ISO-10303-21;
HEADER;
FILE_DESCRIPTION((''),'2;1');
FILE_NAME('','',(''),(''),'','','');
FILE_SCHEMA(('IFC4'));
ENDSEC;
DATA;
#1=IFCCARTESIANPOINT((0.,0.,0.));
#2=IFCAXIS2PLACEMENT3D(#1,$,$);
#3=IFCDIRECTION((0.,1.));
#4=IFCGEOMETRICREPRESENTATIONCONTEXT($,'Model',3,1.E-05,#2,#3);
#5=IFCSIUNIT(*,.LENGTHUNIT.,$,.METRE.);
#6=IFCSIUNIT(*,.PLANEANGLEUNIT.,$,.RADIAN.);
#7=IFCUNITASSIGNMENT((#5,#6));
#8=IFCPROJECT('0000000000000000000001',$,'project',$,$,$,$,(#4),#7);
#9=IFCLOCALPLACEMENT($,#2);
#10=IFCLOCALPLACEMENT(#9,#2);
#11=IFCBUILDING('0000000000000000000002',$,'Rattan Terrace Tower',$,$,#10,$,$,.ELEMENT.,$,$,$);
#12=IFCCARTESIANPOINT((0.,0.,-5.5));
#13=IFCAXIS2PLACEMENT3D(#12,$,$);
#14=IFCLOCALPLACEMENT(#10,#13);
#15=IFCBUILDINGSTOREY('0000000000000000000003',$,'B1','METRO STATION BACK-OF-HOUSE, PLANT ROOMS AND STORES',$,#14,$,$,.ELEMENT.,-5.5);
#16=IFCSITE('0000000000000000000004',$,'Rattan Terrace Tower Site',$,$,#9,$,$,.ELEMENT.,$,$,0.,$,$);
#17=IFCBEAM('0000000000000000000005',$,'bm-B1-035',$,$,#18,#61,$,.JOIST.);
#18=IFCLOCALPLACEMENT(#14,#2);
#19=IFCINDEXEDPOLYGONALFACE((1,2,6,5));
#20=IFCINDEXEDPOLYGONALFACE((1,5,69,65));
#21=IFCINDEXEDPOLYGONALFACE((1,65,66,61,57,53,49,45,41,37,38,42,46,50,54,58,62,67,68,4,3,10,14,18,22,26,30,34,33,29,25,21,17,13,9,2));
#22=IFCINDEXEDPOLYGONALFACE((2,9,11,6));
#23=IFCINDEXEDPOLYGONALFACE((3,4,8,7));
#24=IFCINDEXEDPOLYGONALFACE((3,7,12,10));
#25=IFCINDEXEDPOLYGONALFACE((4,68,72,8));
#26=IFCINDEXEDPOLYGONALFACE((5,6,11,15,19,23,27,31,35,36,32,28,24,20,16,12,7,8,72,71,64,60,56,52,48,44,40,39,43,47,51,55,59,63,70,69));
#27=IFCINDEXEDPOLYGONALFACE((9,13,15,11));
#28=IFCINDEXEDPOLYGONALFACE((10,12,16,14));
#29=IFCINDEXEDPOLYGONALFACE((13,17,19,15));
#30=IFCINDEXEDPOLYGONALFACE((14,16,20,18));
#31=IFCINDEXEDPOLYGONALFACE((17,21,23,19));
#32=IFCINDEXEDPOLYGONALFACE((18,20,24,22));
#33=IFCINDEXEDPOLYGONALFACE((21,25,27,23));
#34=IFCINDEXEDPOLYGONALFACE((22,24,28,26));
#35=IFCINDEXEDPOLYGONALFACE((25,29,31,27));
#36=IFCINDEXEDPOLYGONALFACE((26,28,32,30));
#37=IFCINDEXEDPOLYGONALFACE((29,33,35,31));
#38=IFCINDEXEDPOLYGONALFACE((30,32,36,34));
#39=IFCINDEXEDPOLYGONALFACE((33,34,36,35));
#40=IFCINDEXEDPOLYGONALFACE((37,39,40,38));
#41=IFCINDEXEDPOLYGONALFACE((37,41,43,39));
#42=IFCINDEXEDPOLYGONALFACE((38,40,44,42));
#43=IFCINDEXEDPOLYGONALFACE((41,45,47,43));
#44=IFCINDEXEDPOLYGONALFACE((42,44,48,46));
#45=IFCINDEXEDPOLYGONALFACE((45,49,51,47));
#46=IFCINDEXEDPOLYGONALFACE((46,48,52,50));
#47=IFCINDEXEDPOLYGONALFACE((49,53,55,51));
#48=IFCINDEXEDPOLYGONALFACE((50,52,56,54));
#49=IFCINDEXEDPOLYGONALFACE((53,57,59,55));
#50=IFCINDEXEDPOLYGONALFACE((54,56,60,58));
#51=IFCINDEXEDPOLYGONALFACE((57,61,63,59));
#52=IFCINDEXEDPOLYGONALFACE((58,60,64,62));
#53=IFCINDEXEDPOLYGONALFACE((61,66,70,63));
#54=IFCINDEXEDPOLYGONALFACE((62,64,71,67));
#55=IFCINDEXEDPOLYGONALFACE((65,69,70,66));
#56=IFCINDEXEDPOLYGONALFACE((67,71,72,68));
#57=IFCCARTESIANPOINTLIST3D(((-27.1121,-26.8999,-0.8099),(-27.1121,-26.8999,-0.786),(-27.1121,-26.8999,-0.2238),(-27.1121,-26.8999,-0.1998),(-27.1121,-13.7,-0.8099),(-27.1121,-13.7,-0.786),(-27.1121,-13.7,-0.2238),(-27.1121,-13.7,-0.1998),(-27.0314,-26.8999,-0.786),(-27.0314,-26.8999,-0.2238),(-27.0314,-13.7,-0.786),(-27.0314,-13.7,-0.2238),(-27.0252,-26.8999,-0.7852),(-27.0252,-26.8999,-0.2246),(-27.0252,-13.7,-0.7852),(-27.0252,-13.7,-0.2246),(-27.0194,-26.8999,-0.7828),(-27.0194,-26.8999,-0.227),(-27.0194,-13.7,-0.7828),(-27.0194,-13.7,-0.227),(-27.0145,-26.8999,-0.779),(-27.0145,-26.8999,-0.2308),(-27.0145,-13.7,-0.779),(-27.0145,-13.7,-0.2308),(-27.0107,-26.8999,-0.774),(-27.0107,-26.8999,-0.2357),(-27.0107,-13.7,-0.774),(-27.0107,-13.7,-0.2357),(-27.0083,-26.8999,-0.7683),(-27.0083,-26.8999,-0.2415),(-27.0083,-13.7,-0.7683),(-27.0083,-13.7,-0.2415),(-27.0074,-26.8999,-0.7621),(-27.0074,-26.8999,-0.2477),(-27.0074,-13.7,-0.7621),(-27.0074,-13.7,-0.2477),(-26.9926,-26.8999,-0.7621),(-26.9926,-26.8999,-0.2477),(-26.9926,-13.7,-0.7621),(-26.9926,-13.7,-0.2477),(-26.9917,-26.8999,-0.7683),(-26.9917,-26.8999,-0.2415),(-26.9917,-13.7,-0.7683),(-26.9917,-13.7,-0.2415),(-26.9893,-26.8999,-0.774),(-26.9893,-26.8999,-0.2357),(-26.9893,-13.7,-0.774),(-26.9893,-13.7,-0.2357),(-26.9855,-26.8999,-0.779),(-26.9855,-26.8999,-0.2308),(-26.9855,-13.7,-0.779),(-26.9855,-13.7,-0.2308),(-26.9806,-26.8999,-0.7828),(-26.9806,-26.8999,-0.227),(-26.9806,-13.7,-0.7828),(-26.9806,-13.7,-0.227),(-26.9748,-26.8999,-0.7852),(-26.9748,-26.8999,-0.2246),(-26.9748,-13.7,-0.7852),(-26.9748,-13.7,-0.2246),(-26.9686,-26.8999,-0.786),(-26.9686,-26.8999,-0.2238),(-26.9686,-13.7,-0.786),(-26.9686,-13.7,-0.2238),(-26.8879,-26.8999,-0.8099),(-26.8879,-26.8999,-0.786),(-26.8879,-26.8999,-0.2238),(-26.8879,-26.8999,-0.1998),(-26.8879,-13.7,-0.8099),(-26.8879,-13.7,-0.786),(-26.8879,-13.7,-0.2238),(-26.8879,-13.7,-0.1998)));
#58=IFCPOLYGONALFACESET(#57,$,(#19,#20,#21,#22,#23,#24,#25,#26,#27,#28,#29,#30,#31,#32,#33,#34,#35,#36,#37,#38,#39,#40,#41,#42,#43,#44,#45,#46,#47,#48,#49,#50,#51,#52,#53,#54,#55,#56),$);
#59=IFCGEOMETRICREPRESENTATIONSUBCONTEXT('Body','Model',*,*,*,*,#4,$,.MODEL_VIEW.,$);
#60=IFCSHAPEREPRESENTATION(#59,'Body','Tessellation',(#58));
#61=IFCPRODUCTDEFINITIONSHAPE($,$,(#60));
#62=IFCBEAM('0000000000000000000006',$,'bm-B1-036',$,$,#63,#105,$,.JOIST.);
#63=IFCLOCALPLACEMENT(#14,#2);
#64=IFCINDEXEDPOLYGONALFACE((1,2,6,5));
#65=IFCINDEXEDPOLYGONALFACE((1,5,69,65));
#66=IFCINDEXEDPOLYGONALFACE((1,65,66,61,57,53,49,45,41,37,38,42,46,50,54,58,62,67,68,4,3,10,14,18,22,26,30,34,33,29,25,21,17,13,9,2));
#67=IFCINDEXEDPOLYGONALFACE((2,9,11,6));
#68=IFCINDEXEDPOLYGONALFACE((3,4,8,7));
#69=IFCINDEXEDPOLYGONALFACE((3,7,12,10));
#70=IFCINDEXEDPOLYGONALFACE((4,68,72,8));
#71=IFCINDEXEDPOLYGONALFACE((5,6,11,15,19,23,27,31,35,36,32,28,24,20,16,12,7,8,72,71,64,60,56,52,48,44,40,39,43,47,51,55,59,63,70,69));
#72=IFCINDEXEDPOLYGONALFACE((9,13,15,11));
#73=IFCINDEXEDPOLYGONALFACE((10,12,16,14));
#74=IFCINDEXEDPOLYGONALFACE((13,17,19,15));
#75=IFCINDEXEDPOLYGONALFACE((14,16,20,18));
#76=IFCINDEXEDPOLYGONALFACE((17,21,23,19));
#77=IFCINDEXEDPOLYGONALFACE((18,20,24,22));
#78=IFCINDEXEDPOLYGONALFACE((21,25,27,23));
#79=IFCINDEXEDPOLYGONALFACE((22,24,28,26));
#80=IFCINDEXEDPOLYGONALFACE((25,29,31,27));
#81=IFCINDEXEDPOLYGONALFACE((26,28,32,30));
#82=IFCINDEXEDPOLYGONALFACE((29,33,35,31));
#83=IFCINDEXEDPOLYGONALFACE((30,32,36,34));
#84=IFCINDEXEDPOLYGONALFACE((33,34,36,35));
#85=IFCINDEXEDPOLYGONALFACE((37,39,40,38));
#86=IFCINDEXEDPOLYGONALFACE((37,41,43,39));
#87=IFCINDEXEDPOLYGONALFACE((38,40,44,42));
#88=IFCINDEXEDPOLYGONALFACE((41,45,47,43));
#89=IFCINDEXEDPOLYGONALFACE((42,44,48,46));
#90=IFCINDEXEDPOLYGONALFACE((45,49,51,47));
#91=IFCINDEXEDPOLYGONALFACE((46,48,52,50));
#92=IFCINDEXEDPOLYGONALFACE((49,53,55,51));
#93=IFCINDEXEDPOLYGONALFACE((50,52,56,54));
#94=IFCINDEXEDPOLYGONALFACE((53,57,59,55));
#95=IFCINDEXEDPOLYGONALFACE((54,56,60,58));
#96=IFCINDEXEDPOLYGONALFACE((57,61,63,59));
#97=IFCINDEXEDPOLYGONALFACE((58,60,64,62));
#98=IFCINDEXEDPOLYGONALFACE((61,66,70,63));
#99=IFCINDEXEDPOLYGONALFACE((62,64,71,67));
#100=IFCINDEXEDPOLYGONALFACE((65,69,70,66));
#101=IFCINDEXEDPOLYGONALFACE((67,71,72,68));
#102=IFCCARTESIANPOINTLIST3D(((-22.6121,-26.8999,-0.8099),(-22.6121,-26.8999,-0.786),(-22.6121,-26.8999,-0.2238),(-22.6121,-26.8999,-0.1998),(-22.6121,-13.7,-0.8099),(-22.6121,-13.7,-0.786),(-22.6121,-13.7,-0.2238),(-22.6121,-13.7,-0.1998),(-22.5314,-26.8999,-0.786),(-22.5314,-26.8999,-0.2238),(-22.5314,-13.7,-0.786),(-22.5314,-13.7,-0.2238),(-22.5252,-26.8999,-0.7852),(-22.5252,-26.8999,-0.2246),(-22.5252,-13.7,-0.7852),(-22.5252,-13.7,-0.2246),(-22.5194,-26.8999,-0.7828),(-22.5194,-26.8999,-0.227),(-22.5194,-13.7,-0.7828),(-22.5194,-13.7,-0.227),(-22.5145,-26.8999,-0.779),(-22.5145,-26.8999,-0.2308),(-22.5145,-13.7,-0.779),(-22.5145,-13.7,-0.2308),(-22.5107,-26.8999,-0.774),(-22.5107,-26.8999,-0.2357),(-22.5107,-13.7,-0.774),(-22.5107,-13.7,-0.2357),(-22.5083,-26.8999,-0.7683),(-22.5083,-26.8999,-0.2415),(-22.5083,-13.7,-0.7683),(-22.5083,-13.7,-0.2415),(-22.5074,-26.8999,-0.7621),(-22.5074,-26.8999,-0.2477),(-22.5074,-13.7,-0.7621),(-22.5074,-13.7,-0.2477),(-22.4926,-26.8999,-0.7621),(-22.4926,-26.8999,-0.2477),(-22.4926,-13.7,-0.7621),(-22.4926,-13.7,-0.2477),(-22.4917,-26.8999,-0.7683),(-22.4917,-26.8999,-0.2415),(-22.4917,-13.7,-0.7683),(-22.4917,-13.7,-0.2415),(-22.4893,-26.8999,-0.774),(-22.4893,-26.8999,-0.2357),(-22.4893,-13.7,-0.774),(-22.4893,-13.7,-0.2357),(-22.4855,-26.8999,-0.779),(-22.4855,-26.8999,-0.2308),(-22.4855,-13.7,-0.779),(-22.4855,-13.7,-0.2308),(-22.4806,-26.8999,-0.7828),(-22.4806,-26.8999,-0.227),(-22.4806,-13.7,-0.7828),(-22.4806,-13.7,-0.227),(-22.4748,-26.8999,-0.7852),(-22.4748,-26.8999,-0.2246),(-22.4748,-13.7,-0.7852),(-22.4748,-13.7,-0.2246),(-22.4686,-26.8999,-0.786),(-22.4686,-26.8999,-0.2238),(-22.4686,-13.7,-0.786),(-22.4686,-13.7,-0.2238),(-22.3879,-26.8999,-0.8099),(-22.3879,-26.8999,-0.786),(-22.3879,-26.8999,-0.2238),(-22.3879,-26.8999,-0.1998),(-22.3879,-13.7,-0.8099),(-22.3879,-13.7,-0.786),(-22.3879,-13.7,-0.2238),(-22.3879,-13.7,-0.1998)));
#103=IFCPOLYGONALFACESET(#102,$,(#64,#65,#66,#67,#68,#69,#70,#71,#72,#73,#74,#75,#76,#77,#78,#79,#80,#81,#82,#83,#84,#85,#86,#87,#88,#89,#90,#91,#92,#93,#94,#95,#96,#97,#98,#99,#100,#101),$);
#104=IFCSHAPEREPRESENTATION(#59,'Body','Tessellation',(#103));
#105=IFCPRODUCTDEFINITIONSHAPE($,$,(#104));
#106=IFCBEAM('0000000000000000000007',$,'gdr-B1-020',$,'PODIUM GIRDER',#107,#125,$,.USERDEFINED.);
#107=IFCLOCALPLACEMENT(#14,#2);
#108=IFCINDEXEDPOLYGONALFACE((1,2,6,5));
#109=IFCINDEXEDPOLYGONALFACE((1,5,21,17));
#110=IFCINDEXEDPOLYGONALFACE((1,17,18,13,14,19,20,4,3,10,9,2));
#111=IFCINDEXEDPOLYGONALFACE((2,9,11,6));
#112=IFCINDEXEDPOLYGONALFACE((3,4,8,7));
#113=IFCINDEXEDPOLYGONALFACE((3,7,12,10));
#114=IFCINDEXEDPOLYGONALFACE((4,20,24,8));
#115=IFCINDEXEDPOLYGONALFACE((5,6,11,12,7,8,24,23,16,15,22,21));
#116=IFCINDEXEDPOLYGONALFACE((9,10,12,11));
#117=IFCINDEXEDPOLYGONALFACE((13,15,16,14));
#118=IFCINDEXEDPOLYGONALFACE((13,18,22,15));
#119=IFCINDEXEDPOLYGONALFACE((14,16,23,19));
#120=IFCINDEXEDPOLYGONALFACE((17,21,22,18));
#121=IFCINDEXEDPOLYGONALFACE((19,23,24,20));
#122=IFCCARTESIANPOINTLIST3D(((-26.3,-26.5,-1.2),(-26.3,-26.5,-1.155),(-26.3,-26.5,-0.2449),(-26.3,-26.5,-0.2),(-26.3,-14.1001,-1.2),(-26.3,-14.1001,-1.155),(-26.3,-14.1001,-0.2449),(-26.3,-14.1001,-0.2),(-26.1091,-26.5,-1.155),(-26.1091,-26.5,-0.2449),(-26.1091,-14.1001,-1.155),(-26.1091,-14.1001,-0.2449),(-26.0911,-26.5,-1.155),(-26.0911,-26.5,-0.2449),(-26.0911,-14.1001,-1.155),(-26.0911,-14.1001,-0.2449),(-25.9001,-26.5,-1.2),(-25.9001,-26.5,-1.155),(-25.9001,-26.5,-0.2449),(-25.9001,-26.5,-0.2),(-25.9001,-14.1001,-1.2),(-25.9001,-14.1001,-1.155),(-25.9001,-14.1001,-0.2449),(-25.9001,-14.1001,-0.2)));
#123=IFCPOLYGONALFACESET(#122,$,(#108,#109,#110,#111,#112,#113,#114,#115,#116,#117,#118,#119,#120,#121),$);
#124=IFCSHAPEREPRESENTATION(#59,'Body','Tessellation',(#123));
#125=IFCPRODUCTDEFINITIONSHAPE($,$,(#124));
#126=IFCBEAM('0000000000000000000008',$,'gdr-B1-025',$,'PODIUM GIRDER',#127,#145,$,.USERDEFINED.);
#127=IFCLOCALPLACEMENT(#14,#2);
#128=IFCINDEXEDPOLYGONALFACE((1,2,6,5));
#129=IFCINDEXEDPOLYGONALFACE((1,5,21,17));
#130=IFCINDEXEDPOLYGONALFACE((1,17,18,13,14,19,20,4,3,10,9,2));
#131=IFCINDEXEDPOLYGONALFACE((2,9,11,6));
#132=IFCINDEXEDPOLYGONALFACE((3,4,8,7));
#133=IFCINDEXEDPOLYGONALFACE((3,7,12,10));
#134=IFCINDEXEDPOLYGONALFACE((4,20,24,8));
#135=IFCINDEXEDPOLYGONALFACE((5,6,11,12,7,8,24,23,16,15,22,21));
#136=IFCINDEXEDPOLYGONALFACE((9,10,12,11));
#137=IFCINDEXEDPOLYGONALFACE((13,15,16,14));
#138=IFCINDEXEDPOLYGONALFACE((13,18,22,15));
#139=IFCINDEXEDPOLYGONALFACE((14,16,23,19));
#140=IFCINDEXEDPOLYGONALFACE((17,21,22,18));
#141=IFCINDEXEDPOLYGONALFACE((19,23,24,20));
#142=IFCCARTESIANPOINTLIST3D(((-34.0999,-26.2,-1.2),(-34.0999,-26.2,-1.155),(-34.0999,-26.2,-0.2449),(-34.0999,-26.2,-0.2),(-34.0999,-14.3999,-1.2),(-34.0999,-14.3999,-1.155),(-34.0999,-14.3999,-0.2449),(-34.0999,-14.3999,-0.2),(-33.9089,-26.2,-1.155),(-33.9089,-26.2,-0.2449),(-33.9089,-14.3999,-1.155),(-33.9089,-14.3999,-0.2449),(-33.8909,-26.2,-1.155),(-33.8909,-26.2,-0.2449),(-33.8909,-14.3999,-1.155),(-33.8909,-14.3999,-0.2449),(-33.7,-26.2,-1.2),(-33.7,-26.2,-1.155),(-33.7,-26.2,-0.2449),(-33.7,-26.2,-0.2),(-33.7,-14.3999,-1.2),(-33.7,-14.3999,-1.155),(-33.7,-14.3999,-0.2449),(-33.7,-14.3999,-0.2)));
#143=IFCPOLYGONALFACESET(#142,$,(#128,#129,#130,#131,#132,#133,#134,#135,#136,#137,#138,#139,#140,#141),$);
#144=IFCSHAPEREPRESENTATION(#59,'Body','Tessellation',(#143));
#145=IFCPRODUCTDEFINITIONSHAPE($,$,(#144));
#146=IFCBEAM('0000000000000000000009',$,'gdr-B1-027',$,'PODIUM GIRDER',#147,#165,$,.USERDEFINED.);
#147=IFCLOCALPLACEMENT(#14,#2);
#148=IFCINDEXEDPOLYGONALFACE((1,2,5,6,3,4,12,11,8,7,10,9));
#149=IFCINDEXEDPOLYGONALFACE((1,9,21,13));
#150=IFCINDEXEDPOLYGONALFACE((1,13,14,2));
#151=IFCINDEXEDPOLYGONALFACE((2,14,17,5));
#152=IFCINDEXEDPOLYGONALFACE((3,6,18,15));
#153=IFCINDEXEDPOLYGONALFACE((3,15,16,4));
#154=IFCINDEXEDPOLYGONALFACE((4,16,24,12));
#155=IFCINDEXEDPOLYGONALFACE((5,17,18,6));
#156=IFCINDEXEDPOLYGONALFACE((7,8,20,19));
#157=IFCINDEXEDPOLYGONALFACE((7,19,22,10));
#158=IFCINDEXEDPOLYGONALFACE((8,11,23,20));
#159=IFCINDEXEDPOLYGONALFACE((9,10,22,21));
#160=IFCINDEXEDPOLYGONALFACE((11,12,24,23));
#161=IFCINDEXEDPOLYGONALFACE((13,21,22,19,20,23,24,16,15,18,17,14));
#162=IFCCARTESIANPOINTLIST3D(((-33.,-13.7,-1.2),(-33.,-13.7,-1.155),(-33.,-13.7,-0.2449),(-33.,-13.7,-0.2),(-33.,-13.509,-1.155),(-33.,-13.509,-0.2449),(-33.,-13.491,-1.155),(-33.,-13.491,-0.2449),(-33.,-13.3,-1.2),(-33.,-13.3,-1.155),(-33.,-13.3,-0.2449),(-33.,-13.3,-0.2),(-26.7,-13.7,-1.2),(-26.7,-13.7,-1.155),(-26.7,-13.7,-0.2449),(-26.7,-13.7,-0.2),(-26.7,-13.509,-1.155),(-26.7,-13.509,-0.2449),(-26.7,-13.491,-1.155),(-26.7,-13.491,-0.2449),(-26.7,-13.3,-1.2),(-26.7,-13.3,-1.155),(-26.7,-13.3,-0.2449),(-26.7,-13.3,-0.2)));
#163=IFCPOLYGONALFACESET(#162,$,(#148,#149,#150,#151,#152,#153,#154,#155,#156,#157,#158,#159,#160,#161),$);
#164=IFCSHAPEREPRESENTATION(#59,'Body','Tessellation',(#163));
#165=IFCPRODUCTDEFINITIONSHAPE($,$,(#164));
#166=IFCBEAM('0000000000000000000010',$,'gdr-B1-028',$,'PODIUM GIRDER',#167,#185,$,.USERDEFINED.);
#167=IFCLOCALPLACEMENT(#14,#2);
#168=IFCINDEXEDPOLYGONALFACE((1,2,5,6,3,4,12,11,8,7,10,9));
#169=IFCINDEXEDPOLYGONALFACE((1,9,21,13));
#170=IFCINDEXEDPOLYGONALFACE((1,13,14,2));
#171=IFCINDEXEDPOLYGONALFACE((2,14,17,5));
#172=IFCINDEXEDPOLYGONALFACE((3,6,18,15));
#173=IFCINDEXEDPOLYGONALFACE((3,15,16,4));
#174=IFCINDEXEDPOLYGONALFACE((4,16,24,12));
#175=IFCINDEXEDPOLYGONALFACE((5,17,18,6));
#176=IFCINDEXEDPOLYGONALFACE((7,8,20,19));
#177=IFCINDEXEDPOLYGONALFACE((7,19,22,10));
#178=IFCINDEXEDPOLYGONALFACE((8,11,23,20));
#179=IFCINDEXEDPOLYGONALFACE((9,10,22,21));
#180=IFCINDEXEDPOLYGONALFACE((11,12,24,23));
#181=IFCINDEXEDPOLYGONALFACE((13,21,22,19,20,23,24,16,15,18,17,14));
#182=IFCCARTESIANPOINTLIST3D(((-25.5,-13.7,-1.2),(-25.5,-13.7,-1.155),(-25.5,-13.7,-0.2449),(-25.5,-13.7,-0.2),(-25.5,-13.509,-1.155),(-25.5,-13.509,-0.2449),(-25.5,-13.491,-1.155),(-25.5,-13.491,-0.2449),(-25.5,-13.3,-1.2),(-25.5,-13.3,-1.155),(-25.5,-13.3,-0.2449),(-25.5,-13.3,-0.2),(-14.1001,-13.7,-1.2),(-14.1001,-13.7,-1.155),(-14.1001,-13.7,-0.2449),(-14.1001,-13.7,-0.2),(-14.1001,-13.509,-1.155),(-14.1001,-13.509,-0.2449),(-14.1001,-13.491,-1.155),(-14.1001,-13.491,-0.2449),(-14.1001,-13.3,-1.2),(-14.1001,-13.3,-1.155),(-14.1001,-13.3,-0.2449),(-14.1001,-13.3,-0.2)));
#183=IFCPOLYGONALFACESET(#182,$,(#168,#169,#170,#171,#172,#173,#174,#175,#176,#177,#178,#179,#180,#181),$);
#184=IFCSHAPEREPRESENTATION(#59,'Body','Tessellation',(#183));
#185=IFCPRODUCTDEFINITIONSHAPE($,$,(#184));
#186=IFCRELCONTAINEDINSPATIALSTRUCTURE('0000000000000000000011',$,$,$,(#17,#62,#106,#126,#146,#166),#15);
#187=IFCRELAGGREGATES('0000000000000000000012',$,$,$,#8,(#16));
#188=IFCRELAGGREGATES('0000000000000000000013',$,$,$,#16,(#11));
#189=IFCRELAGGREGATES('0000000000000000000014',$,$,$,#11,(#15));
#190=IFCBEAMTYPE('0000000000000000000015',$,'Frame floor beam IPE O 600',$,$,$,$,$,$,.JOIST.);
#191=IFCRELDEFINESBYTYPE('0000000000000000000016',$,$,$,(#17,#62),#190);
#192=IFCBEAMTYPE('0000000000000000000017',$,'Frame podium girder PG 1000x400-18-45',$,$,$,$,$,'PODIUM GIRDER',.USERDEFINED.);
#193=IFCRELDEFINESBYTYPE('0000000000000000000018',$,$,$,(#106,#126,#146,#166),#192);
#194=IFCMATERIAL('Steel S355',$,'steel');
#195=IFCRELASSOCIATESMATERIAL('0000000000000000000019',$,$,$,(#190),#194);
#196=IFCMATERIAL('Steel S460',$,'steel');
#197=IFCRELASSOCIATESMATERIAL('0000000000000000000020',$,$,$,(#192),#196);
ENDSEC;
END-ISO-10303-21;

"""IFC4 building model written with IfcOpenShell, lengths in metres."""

from ifc_helpers import new_model, si_unit, direction, frame, origin, origin_2d, place, context, subcontext, project, spatial, i_section, extrude, material, material_profile, profile_set, type_object, element, save


model = new_model("IFC4")

# Units and contexts
model_context = context("Model", 3, precision=1e-05, world=origin(), true_north=direction((0.0, 1.0)))
body_context = subcontext(model_context, "Body", "Model", "MODEL_VIEW")
ifc_project = project(units=[si_unit("LENGTHUNIT", "METRE"), si_unit("PLANEANGLEUNIT", "RADIAN")], contexts=[model_context])

# Site, building, storey
site_placement = place(None, origin())
site = spatial("IfcSite", under=ifc_project, at=site_placement, Name="Rattan Terrace Tower Site", CompositionType="ELEMENT", RefElevation=0.0)
building_placement = place(site_placement, origin())
building = spatial("IfcBuilding", under=site, at=building_placement, Name="Rattan Terrace Tower", CompositionType="ELEMENT")
storey_placement = place(building_placement, frame((0.0, 0.0, -5.5)))
storey = spatial("IfcBuildingStorey", under=building, at=storey_placement, Name="B1", Description="METRO STATION BACK-OF-HOUSE, PLANT ROOMS AND STORES", CompositionType="ELEMENT", Elevation=-5.5)

# Beams
ifc_material_1 = material(Name="Steel S355", Category="steel")
ifc_material_profile_1 = material_profile(ifc_material_1, i_section(OverallWidth=0.2241, OverallDepth=0.6101, WebThickness=0.0149, FlangeThickness=0.0239, FilletRadius=0.0239, at=origin_2d()), Name="IPE O 600")
ifc_profile_set_1 = profile_set([ifc_material_profile_1], Name="Steel S355")
beam_type_1 = type_object("IfcBeamType", Name="Frame floor beam IPE O 600", PredefinedType="JOIST", material=ifc_profile_set_1)
for number, where, z_axis, x_axis, name in (
    (1, (-27.0, -26.8999, -0.5049), (0.0, 1.0, 0.0), (-1.0, 0.0, 0.0), "bm-B1-035"),
    (2, (-22.5, -26.8999, -0.5049), (0.0, 1.0, 0.0), (-1.0, 0.0, 0.0), "bm-B1-036"),
):
    element("IfcBeam", number, at=place(storey_placement, frame(where, z_axis=z_axis, x_axis=x_axis)), inside=storey, type_object=beam_type_1, Name=name, PredefinedType="JOIST", context=body_context, shape_type="SweptSolid", body=[
        extrude(i_section(OverallWidth=0.2241, OverallDepth=0.6101, WebThickness=0.0149, FlangeThickness=0.0239, FilletRadius=0.0239, at=origin_2d()), origin(), (0.0, 0.0, 1.0), 13.2),
    ])
ifc_material_2 = material(Name="Steel S460", Category="steel")
ifc_material_profile_2 = material_profile(ifc_material_2, i_section(OverallWidth=0.3999, OverallDepth=1.0, WebThickness=0.0181, FlangeThickness=0.0449, at=origin_2d()), Name="PG 1000x400-18-45")
ifc_profile_set_2 = profile_set([ifc_material_profile_2], Name="Steel S460")
beam_type_2 = type_object("IfcBeamType", Name="Frame podium girder PG 1000x400-18-45", ElementType="PODIUM GIRDER", PredefinedType="USERDEFINED", material=ifc_profile_set_2)
beam_1_placement = place(storey_placement, frame((-26.1001, -26.5, -0.7), z_axis=(0.0, 1.0, 0.0), x_axis=(-1.0, 0.0, 0.0)))
element("IfcBeam", 3, at=beam_1_placement, inside=storey, type_object=beam_type_2, Name="gdr-B1-020", ObjectType="PODIUM GIRDER", PredefinedType="USERDEFINED", context=body_context, shape_type="SweptSolid", body=[
    extrude(i_section(OverallWidth=0.3999, OverallDepth=1.0, WebThickness=0.0181, FlangeThickness=0.0449, at=origin_2d()), origin(), (0.0, 0.0, 1.0), 12.3999),
])
beam_2_placement = place(storey_placement, frame((-33.8999, -26.2, -0.7), z_axis=(0.0, 1.0, 0.0), x_axis=(-1.0, 0.0, 0.0)))
element("IfcBeam", 4, at=beam_2_placement, inside=storey, type_object=beam_type_2, Name="gdr-B1-025", ObjectType="PODIUM GIRDER", PredefinedType="USERDEFINED", context=body_context, shape_type="SweptSolid", body=[
    extrude(i_section(OverallWidth=0.3999, OverallDepth=1.0, WebThickness=0.0181, FlangeThickness=0.0449, at=origin_2d()), origin(), (0.0, 0.0, 1.0), 11.8),
])
beam_3_placement = place(storey_placement, frame((-33.0, -13.5, -0.7), z_axis=(1.0, 0.0, 0.0), x_axis=(0.0, 1.0, 0.0)))
element("IfcBeam", 5, at=beam_3_placement, inside=storey, type_object=beam_type_2, Name="gdr-B1-027", ObjectType="PODIUM GIRDER", PredefinedType="USERDEFINED", context=body_context, shape_type="SweptSolid", body=[
    extrude(i_section(OverallWidth=0.3999, OverallDepth=1.0, WebThickness=0.0181, FlangeThickness=0.0449, at=origin_2d()), origin(), (0.0, 0.0, 1.0), 6.3),
])
beam_4_placement = place(storey_placement, frame((-25.5, -13.5, -0.7), z_axis=(1.0, 0.0, 0.0), x_axis=(0.0, 1.0, 0.0)))
element("IfcBeam", 6, at=beam_4_placement, inside=storey, type_object=beam_type_2, Name="gdr-B1-028", ObjectType="PODIUM GIRDER", PredefinedType="USERDEFINED", context=body_context, shape_type="SweptSolid", body=[
    extrude(i_section(OverallWidth=0.3999, OverallDepth=1.0, WebThickness=0.0181, FlangeThickness=0.0449, at=origin_2d()), origin(), (0.0, 0.0, 1.0), 11.3999),
])

save(model, "model.ifc")
